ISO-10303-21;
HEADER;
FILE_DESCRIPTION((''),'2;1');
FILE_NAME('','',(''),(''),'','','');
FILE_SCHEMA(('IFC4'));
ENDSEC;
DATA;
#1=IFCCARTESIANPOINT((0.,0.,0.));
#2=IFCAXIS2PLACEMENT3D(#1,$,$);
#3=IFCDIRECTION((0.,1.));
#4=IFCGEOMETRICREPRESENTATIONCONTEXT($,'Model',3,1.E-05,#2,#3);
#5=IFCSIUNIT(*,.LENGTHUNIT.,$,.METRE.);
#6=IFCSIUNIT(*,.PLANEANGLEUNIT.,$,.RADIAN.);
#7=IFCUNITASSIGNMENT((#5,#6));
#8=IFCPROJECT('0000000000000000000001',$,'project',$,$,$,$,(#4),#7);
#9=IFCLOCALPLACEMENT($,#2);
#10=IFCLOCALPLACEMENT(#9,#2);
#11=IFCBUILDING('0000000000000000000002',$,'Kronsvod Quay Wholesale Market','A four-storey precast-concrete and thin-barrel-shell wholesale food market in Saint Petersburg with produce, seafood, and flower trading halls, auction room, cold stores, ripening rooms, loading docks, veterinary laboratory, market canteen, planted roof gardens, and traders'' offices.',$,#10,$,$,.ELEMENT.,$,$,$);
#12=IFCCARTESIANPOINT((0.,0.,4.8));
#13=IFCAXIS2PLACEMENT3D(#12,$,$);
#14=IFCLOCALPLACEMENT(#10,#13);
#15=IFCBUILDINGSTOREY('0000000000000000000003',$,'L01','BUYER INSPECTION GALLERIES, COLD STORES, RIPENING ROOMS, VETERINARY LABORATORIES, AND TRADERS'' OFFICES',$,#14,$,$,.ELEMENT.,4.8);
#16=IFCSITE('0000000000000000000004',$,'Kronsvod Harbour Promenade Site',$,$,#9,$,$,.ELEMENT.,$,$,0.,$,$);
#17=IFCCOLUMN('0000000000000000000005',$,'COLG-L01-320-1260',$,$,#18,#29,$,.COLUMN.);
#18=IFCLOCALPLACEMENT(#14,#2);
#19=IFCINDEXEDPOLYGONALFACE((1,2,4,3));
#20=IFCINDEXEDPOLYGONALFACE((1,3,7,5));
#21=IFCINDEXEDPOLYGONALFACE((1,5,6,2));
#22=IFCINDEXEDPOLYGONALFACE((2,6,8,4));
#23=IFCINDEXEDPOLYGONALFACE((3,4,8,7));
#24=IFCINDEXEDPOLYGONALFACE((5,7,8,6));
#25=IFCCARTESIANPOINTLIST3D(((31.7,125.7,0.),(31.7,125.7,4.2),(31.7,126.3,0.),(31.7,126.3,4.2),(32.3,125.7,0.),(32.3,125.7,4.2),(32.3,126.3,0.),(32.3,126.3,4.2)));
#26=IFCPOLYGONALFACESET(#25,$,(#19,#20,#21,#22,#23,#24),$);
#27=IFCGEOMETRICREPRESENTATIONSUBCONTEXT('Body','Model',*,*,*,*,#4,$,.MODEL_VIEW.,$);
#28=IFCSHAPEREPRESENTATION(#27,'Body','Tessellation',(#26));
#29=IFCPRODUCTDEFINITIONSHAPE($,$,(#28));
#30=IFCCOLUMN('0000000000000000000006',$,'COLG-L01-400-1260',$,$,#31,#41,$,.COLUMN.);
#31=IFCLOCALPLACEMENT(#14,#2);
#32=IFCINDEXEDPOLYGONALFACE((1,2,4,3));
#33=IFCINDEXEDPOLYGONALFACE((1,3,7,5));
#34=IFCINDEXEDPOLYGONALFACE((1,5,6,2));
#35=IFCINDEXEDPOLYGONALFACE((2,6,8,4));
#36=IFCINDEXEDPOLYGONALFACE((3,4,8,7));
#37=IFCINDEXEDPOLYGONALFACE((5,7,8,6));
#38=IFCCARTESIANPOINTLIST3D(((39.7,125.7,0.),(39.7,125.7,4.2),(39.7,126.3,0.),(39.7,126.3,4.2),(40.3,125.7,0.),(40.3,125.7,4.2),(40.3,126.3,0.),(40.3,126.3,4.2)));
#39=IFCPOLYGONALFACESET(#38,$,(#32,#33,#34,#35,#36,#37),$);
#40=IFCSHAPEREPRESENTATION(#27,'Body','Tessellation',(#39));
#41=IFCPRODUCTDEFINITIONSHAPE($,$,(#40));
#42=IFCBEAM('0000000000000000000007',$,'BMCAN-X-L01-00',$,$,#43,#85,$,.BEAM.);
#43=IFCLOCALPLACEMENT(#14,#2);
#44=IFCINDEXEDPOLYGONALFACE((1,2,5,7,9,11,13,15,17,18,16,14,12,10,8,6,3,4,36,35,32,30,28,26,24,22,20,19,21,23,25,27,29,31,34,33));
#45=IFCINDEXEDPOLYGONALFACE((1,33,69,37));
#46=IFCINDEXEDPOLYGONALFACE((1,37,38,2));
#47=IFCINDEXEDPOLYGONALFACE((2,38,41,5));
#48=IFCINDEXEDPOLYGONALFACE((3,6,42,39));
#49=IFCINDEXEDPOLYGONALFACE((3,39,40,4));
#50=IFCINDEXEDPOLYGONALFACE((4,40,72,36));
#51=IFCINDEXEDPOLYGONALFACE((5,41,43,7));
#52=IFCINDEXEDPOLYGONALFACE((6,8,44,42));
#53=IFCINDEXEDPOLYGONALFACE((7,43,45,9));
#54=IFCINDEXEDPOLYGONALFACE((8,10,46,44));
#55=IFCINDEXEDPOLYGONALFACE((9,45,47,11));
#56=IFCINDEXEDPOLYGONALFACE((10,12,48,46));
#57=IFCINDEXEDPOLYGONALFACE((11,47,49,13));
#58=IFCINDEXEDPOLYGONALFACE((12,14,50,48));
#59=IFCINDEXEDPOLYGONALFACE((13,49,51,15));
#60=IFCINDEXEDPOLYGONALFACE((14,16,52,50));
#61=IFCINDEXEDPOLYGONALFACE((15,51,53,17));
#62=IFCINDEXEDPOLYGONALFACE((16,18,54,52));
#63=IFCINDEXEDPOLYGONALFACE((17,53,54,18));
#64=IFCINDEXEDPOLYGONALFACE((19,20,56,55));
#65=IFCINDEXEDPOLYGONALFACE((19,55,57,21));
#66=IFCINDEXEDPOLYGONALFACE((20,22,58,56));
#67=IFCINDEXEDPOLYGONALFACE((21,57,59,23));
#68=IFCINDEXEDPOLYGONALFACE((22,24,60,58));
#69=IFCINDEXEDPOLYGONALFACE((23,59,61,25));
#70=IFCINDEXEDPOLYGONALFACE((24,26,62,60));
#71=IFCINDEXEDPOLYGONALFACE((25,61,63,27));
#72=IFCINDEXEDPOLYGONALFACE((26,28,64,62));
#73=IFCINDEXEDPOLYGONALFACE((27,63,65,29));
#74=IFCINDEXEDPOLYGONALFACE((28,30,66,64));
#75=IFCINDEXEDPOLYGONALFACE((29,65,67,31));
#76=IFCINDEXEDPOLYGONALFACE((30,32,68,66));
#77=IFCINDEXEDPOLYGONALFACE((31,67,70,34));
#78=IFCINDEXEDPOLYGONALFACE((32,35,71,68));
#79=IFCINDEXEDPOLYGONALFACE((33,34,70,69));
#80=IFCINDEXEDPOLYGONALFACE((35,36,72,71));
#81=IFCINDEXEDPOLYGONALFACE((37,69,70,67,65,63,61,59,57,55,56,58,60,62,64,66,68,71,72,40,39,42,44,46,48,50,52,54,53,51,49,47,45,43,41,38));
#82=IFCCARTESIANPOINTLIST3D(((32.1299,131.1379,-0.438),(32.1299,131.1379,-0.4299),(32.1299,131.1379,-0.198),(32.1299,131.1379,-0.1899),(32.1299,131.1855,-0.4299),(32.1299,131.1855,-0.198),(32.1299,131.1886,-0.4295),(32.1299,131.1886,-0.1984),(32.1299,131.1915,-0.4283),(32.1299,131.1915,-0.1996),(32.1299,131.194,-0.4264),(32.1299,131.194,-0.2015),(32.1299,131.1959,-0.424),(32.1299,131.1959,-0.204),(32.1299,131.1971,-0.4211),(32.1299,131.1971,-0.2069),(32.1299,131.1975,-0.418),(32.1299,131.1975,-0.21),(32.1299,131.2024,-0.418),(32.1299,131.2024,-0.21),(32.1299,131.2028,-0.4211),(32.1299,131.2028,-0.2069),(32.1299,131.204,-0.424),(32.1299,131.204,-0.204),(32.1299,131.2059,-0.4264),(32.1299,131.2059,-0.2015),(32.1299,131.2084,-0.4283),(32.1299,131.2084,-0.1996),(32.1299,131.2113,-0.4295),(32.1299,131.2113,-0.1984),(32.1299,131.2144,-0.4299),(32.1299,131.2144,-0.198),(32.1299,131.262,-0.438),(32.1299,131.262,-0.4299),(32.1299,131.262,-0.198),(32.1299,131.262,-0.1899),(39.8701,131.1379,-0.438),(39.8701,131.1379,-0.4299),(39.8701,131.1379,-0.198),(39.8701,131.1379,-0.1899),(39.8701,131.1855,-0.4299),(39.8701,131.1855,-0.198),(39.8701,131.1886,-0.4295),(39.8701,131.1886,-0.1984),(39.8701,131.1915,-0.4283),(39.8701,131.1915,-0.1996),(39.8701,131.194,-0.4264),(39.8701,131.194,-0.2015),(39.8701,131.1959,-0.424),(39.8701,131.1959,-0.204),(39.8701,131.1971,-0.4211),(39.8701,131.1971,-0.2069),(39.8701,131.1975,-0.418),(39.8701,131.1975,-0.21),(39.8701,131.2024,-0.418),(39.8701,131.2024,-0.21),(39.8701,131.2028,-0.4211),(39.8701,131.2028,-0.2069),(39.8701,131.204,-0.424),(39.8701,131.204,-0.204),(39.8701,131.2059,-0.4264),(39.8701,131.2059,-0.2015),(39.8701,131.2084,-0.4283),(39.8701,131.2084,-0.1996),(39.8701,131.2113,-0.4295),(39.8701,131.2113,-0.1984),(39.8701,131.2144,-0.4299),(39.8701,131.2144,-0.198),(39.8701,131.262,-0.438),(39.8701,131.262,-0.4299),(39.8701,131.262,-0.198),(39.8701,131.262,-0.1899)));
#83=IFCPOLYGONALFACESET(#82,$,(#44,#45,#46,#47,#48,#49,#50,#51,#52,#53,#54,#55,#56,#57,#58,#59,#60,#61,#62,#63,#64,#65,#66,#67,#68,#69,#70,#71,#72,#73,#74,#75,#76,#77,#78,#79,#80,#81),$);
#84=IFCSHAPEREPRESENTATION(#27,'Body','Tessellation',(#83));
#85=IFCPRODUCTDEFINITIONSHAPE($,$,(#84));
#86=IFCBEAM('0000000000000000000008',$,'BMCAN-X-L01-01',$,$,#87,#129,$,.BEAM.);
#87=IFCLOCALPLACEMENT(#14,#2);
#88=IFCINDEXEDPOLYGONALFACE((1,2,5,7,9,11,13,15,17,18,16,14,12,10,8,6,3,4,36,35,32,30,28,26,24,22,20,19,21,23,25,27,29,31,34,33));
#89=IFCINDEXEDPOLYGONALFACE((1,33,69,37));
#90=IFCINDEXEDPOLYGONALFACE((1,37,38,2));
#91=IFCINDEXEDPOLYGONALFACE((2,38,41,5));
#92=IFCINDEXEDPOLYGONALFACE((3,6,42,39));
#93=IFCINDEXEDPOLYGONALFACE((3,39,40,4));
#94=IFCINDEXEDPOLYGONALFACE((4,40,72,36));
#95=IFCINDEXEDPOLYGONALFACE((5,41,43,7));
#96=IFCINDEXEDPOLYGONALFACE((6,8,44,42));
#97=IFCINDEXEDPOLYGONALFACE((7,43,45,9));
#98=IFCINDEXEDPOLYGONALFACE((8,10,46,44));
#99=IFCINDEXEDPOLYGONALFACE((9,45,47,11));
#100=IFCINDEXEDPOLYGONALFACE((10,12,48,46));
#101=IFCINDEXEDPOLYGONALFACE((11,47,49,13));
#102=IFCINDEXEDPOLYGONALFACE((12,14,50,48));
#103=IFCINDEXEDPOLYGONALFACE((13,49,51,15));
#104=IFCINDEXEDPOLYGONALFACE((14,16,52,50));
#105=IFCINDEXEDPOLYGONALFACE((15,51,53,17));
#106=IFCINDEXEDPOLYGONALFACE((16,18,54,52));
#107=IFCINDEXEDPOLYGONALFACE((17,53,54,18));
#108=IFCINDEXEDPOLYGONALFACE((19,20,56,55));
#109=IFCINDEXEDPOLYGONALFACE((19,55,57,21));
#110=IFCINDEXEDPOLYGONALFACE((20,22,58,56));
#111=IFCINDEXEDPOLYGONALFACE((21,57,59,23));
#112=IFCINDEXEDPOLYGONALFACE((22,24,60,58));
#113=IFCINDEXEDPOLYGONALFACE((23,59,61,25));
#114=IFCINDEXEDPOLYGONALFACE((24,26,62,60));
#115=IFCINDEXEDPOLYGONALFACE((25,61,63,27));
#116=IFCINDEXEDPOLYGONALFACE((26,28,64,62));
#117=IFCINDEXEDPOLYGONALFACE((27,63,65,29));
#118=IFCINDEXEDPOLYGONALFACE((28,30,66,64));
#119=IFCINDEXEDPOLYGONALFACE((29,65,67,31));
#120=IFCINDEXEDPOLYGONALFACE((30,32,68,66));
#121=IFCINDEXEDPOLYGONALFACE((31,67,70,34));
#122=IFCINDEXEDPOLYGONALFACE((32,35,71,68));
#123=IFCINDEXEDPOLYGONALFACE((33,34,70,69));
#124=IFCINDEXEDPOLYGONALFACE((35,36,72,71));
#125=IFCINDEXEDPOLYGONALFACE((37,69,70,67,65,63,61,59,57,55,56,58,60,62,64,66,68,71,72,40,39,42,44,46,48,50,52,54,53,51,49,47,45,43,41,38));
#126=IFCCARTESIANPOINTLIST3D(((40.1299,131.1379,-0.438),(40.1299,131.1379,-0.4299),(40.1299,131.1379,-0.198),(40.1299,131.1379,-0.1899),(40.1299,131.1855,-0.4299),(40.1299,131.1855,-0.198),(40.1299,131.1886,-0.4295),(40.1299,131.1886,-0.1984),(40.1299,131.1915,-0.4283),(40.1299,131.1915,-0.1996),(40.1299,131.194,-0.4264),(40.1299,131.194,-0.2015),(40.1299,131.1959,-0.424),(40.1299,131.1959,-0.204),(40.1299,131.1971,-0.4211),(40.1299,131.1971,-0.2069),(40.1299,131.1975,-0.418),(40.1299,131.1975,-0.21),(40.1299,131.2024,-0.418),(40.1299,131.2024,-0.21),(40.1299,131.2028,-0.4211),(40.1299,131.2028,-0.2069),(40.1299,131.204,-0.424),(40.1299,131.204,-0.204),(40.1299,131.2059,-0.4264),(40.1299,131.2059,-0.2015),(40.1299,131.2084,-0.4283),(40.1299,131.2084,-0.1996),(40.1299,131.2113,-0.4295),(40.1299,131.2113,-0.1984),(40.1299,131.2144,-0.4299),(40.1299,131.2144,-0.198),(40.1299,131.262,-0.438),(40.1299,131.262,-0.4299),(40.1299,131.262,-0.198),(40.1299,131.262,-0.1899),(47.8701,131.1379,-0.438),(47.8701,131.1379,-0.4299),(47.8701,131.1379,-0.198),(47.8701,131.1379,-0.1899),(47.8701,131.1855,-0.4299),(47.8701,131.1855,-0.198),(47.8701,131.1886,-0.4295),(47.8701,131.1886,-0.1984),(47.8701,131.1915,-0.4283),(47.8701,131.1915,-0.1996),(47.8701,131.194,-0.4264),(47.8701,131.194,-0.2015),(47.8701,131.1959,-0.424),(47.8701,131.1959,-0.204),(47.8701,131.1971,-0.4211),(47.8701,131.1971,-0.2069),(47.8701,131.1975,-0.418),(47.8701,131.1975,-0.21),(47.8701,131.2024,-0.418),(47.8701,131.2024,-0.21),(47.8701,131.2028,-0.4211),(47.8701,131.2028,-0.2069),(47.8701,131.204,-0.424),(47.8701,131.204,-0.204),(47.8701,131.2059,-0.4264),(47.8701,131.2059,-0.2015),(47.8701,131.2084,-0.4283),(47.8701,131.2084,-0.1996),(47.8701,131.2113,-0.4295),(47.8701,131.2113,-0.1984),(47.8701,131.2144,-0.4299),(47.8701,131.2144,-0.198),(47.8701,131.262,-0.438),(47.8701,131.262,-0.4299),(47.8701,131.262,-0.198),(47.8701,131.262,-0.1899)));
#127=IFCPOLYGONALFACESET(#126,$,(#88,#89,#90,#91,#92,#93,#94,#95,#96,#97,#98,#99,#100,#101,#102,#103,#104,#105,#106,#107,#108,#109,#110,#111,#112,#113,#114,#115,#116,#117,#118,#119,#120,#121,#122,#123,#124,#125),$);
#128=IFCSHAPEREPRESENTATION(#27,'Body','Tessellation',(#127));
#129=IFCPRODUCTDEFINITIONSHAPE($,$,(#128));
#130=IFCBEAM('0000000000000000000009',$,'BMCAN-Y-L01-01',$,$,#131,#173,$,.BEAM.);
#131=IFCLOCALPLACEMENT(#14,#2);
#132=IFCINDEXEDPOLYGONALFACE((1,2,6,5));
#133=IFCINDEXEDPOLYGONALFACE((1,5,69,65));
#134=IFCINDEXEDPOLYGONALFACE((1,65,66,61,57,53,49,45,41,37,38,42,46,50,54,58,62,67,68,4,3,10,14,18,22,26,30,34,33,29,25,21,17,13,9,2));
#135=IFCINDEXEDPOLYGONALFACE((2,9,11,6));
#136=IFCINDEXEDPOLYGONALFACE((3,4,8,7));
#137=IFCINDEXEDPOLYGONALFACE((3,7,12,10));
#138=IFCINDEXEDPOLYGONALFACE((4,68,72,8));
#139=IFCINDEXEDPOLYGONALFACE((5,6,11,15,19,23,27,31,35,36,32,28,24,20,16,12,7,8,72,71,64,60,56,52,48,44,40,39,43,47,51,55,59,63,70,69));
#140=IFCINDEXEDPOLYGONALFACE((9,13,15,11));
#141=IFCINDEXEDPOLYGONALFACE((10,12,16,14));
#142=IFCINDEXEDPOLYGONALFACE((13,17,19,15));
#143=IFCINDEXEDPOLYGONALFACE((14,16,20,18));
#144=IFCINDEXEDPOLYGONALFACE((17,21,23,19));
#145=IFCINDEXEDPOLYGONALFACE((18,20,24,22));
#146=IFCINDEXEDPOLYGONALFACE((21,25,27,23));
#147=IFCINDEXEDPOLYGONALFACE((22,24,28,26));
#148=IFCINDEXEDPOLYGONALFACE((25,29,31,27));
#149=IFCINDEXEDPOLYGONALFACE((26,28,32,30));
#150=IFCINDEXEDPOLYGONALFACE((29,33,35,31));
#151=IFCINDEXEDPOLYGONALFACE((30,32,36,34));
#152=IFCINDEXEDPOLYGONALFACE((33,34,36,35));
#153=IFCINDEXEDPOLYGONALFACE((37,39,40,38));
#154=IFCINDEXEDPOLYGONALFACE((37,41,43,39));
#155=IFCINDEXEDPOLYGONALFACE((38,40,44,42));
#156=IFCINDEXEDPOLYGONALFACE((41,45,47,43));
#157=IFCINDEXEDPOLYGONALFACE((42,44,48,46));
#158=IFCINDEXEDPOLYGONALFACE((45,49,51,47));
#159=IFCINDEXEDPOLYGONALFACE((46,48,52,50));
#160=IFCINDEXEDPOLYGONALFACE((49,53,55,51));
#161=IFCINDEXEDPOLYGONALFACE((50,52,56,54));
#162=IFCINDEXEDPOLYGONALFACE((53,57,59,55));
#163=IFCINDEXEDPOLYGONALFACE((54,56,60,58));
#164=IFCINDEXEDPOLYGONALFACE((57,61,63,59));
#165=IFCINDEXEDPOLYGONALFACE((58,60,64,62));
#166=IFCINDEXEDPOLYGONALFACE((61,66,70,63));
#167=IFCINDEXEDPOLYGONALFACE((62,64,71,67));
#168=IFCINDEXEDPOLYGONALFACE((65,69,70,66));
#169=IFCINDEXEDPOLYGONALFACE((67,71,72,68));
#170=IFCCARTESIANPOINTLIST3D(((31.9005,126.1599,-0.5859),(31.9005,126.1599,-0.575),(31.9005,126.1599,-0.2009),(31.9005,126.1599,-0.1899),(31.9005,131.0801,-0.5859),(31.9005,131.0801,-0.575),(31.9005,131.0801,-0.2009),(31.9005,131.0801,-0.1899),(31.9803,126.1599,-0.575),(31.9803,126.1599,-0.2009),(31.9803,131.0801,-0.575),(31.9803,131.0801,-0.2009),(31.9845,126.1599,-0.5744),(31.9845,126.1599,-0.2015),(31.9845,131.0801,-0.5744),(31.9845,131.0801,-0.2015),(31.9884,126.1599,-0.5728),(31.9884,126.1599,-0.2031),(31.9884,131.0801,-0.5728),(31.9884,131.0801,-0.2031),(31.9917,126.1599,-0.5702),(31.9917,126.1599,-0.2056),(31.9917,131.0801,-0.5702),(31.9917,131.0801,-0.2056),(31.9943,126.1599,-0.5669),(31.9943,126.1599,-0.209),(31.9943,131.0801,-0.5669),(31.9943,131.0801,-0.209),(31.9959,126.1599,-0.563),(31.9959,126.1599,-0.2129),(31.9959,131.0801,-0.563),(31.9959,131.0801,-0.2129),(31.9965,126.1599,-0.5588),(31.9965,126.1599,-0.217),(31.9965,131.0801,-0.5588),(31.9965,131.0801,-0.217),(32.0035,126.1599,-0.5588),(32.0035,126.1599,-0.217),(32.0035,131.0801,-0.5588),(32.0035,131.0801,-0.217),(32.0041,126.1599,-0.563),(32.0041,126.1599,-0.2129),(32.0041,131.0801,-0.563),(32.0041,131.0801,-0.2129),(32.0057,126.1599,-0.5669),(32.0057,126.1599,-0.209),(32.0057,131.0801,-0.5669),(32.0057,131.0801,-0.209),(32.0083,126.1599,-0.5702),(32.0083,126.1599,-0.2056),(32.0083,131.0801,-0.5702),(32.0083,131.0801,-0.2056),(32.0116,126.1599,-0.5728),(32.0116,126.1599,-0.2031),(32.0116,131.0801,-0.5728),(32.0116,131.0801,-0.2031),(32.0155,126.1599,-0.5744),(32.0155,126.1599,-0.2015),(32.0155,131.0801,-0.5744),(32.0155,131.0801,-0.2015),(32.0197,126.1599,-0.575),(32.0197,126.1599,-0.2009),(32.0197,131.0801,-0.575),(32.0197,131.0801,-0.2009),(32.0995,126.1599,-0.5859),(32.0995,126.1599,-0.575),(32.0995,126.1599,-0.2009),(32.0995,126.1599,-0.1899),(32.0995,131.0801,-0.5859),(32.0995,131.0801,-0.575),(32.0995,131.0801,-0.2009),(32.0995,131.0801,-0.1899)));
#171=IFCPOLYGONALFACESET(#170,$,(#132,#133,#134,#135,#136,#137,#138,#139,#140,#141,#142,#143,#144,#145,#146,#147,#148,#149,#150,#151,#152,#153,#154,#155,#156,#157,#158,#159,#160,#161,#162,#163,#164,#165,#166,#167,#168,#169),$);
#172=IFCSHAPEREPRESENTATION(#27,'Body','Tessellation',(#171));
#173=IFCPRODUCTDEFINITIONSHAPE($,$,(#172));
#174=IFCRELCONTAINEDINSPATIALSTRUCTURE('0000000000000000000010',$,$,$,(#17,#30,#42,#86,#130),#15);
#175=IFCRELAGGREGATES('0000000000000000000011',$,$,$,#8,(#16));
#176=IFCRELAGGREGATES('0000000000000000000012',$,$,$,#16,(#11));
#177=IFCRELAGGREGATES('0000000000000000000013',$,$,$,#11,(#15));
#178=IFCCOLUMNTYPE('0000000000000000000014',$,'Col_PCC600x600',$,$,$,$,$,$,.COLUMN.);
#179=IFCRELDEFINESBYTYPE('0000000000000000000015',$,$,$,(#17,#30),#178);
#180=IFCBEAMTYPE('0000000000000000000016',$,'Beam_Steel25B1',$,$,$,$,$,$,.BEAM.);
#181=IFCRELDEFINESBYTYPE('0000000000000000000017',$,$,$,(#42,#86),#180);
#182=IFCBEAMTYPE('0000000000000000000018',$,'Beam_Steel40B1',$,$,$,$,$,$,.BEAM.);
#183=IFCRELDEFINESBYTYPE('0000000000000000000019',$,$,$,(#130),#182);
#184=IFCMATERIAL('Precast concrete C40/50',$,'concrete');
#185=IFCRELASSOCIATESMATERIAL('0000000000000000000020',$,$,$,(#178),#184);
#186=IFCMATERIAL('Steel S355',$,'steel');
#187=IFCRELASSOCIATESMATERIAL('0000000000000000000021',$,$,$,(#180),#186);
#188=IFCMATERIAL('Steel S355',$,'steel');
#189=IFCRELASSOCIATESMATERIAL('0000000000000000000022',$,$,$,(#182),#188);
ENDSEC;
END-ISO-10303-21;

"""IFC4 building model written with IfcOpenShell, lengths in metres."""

from ifc_helpers import new_model, si_unit, direction, frame, origin, origin_2d, place, context, subcontext, project, spatial, rectangle, i_section, extrude, material, material_profile, profile_set, type_object, element, save


model = new_model("IFC4")

# Units and contexts
model_context = context("Model", 3, precision=1e-05, world=origin(), true_north=direction((0.0, 1.0)))
body_context = subcontext(model_context, "Body", "Model", "MODEL_VIEW")
ifc_project = project(units=[si_unit("LENGTHUNIT", "METRE"), si_unit("PLANEANGLEUNIT", "RADIAN")], contexts=[model_context])

# Site, building, storey
site_placement = place(None, origin())
site = spatial("IfcSite", under=ifc_project, at=site_placement, Name="Kronsvod Harbour Promenade Site", CompositionType="ELEMENT", RefElevation=0.0)
building_placement = place(site_placement, origin())
building = spatial("IfcBuilding", under=site, at=building_placement, Name="Kronsvod Quay Wholesale Market", Description="A four-storey precast-concrete and thin-barrel-shell wholesale food market in Saint Petersburg with produce, seafood, and flower trading halls, auction room, cold stores, ripening rooms, loading docks, veterinary laboratory, market canteen, planted roof gardens, and traders' offices.", CompositionType="ELEMENT")
storey_placement = place(building_placement, frame((0.0, 0.0, 4.8)))
storey = spatial("IfcBuildingStorey", under=building, at=storey_placement, Name="L01", Description="BUYER INSPECTION GALLERIES, COLD STORES, RIPENING ROOMS, VETERINARY LABORATORIES, AND TRADERS' OFFICES", CompositionType="ELEMENT", Elevation=4.8)

# Columns
ifc_material_1 = material(Name="Precast concrete C40/50", Category="concrete")
ifc_material_profile_1 = material_profile(ifc_material_1, rectangle(XDim=0.6001, YDim=0.6001, at=origin_2d()), Name="PCC600x600")
ifc_profile_set_1 = profile_set([ifc_material_profile_1], Name="Precast concrete C40/50")
column_type = type_object("IfcColumnType", Name="Col_PCC600x600", PredefinedType="COLUMN", material=ifc_profile_set_1)
for number, where, z_axis, x_axis, name in (
    (1, (32.0, 126.0, 0.0), (0.0, 0.0, 1.0), (1.0, 0.0, 0.0), "COLG-L01-320-1260"),
    (2, (40.0, 126.0, 0.0), (0.0, 0.0, 1.0), (1.0, 0.0, 0.0), "COLG-L01-400-1260"),
):
    element("IfcColumn", number, at=place(storey_placement, frame(where, z_axis=z_axis, x_axis=x_axis)), inside=storey, type_object=column_type, Name=name, PredefinedType="COLUMN", context=body_context, shape_type="SweptSolid", body=[
        extrude(rectangle(XDim=0.6001, YDim=0.6001, at=origin_2d()), origin(), (0.0, 0.0, 1.0), 4.2),
    ])

# Beams
ifc_material_2 = material(Name="Steel S355", Category="steel")
ifc_material_profile_2 = material_profile(ifc_material_2, i_section(OverallWidth=0.124, OverallDepth=0.248, WebThickness=0.0049, FlangeThickness=0.0081, FilletRadius=0.012, at=origin_2d()), Name="25B1")
ifc_profile_set_2 = profile_set([ifc_material_profile_2], Name="Steel S355")
beam_type_1 = type_object("IfcBeamType", Name="Beam_Steel25B1", PredefinedType="BEAM", material=ifc_profile_set_2)
for number, where, z_axis, x_axis, name in (
    (3, (32.1299, 131.2, -0.314), (1.0, 0.0, 0.0), (0.0, 1.0, 0.0), "BMCAN-X-L01-00"),
    (4, (40.1299, 131.2, -0.314), (1.0, 0.0, 0.0), (0.0, 1.0, 0.0), "BMCAN-X-L01-01"),
):
    element("IfcBeam", number, at=place(storey_placement, frame(where, z_axis=z_axis, x_axis=x_axis)), inside=storey, type_object=beam_type_1, Name=name, PredefinedType="BEAM", context=body_context, shape_type="SweptSolid", body=[
        extrude(i_section(OverallWidth=0.124, OverallDepth=0.248, WebThickness=0.0049, FlangeThickness=0.0081, FilletRadius=0.012, at=origin_2d()), origin(), (0.0, 0.0, 1.0), 7.7402),
    ])
ifc_material_3 = material(Name="Steel S355", Category="steel")
ifc_material_profile_3 = material_profile(ifc_material_3, i_section(OverallWidth=0.199, OverallDepth=0.396, WebThickness=0.0071, FlangeThickness=0.011, FilletRadius=0.0161, at=origin_2d()), Name="40B1")
ifc_profile_set_3 = profile_set([ifc_material_profile_3], Name="Steel S355")
beam_type_2 = type_object("IfcBeamType", Name="Beam_Steel40B1", PredefinedType="BEAM", material=ifc_profile_set_3)
for number, where, z_axis, x_axis, name in (
    (5, (32.0, 126.1599, -0.3879), (0.0, 1.0, 0.0), (-1.0, 0.0, 0.0), "BMCAN-Y-L01-01"),
):
    element("IfcBeam", number, at=place(storey_placement, frame(where, z_axis=z_axis, x_axis=x_axis)), inside=storey, type_object=beam_type_2, Name=name, PredefinedType="BEAM", context=body_context, shape_type="SweptSolid", body=[
        extrude(i_section(OverallWidth=0.199, OverallDepth=0.396, WebThickness=0.0071, FlangeThickness=0.011, FilletRadius=0.0161, at=origin_2d()), origin(), (0.0, 0.0, 1.0), 4.9202),
    ])

save(model, "model.ifc")
